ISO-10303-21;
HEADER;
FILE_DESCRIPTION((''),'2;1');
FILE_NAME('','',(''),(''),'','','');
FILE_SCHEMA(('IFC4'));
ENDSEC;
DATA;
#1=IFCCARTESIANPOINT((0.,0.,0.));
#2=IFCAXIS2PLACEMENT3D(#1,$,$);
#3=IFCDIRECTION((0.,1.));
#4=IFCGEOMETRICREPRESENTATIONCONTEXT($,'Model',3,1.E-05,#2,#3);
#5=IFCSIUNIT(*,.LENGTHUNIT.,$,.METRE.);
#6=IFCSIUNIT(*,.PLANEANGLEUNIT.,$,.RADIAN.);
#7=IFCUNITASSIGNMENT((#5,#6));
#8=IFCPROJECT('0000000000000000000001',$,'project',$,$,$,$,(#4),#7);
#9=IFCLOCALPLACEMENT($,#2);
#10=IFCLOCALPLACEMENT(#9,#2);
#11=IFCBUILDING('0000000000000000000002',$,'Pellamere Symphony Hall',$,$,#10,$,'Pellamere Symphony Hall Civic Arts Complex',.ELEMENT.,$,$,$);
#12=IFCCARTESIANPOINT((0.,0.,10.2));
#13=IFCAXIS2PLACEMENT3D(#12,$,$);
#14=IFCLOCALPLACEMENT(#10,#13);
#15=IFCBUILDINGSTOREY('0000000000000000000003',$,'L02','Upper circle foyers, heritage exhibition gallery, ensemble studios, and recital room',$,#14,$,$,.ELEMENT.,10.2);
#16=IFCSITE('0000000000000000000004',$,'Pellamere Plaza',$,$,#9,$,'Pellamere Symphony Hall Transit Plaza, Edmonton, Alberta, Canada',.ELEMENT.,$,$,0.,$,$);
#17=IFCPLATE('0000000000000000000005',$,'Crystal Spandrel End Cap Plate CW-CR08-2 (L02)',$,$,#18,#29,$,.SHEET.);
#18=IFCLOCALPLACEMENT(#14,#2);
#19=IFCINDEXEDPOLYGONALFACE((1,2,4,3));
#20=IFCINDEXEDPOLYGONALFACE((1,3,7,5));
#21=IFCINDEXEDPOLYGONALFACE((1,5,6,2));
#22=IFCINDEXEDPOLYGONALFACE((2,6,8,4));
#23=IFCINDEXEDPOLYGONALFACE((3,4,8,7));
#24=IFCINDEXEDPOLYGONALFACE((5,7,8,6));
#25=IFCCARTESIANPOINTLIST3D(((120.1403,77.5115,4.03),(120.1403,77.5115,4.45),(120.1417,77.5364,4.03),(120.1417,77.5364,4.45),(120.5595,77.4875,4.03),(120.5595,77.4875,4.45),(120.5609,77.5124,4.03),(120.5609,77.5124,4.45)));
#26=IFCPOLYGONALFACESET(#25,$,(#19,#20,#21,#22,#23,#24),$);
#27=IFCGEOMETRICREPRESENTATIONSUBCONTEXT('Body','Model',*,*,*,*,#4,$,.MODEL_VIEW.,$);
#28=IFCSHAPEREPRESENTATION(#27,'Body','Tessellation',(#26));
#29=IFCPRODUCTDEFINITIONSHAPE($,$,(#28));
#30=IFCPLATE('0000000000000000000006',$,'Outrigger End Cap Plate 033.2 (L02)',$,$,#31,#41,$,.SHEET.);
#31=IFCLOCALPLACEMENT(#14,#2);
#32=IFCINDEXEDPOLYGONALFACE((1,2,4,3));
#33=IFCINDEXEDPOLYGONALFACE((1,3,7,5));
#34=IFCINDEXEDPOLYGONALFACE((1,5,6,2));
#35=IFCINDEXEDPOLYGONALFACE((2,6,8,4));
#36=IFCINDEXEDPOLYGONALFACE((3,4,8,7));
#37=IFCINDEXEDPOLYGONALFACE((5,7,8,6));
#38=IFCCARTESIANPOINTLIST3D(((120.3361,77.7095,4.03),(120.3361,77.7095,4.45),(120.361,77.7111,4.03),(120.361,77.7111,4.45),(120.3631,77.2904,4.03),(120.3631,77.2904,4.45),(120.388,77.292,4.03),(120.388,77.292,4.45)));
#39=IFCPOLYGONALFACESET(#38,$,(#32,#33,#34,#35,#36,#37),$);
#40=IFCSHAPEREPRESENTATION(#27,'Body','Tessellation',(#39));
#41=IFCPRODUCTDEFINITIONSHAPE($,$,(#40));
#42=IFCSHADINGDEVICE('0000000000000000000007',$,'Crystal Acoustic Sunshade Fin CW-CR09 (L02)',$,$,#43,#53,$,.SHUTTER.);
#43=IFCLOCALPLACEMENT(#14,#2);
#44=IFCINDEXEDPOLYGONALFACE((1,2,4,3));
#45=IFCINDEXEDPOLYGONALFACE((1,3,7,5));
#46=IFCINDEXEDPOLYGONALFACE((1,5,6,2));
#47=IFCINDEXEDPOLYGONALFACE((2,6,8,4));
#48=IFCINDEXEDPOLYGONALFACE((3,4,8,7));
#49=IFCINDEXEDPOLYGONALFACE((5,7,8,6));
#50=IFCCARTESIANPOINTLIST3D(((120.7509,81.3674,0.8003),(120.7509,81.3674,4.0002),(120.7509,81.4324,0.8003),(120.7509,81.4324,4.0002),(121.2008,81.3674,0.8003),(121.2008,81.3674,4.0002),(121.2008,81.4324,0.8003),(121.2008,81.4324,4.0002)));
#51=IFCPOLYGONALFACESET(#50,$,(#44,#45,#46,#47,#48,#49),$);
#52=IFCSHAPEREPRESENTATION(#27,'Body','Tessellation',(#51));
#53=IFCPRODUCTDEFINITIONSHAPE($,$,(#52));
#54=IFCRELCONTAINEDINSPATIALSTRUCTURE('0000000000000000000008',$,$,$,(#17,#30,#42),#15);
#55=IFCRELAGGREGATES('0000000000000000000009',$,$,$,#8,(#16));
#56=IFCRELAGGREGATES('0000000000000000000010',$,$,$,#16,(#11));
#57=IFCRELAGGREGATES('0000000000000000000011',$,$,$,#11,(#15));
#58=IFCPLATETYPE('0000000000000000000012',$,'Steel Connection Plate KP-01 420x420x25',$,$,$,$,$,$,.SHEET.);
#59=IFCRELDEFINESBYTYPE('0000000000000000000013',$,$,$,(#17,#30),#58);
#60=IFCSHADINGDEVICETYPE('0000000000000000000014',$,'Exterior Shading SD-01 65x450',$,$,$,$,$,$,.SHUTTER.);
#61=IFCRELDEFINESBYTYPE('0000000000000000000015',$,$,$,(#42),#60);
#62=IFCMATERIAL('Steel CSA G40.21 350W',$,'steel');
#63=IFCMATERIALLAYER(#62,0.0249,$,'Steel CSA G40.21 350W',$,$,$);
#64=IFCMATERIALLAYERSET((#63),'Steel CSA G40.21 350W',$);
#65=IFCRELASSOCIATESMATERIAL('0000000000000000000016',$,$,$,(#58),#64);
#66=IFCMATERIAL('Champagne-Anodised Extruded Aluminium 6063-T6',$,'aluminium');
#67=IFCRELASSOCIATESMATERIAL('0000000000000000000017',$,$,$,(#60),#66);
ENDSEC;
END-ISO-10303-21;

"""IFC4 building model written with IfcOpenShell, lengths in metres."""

from ifc_helpers import new_model, si_unit, direction, frame, origin, origin_2d, place, context, subcontext, project, spatial, rectangle, extrude, material, layer, layer_set, type_object, element, save


model = new_model("IFC4")

# Units and contexts
model_context = context("Model", 3, precision=1e-05, world=origin(), true_north=direction((0.0, 1.0)))
body_context = subcontext(model_context, "Body", "Model", "MODEL_VIEW")
ifc_project = project(units=[si_unit("LENGTHUNIT", "METRE"), si_unit("PLANEANGLEUNIT", "RADIAN")], contexts=[model_context])

# Site, building, storey
site_placement = place(None, origin())
site = spatial("IfcSite", under=ifc_project, at=site_placement, Name="Pellamere Plaza", LongName="Pellamere Symphony Hall Transit Plaza, Edmonton, Alberta, Canada", CompositionType="ELEMENT", RefElevation=0.0)
building_placement = place(site_placement, origin())
building = spatial("IfcBuilding", under=site, at=building_placement, Name="Pellamere Symphony Hall", LongName="Pellamere Symphony Hall Civic Arts Complex", CompositionType="ELEMENT")
storey_placement = place(building_placement, frame((0.0, 0.0, 10.2)))
storey = spatial("IfcBuildingStorey", under=building, at=storey_placement, Name="L02", Description="Upper circle foyers, heritage exhibition gallery, ensemble studios, and recital room", CompositionType="ELEMENT", Elevation=10.2)

# Plates
ifc_material_1 = material(Name="Steel CSA G40.21 350W", Category="steel")
ifc_layer_1 = layer(ifc_material_1, 0.0249, Name="Steel CSA G40.21 350W")
ifc_layer_set_1 = layer_set([ifc_layer_1], Name="Steel CSA G40.21 350W")
plate_type_1 = type_object("IfcPlateType", Name="Steel Connection Plate KP-01 420x420x25", PredefinedType="SHEET", material=ifc_layer_set_1)
for number, where, z_axis, x_axis, name in (
    (1, (120.3506, 77.512, 4.03), (0.0, 0.0, 1.0), (0.057216, 0.998362, 0.0), "Crystal Spandrel End Cap Plate CW-CR08-2 (L02)"),
    (2, (120.3621, 77.5007, 4.03), (0.0, 0.0, 1.0), (0.997927, 0.064358, 0.0), "Outrigger End Cap Plate 033.2 (L02)"),
):
    element("IfcPlate", number, at=place(storey_placement, frame(where, z_axis=z_axis, x_axis=x_axis)), inside=storey, type_object=plate_type_1, Name=name, PredefinedType="SHEET", context=body_context, shape_type="SweptSolid", body=[
        extrude(rectangle(XDim=0.0249, YDim=0.4199, at=origin_2d()), origin(), (0.0, 0.0, 1.0), 0.4199),
    ])

# Shading device
ifc_material_2 = material(Name="Champagne-Anodised Extruded Aluminium 6063-T6", Category="aluminium")
shading_device_type = type_object("IfcShadingDeviceType", Name="Exterior Shading SD-01 65x450", PredefinedType="SHUTTER", material=ifc_material_2)
shading_device_placement = place(storey_placement, frame((120.9758, 81.3999, 0.8003), z_axis=(0.0, 0.0, 1.0), x_axis=(0.0, 1.0, 0.0)))
element("IfcShadingDevice", 3, at=shading_device_placement, inside=storey, type_object=shading_device_type, Name="Crystal Acoustic Sunshade Fin CW-CR09 (L02)", PredefinedType="SHUTTER", context=body_context, shape_type="SweptSolid", body=[
    extrude(rectangle(XDim=0.0649, YDim=0.45, at=origin_2d()), origin(), (0.0, 0.0, 1.0), 3.2),
])

save(model, "model.ifc")
